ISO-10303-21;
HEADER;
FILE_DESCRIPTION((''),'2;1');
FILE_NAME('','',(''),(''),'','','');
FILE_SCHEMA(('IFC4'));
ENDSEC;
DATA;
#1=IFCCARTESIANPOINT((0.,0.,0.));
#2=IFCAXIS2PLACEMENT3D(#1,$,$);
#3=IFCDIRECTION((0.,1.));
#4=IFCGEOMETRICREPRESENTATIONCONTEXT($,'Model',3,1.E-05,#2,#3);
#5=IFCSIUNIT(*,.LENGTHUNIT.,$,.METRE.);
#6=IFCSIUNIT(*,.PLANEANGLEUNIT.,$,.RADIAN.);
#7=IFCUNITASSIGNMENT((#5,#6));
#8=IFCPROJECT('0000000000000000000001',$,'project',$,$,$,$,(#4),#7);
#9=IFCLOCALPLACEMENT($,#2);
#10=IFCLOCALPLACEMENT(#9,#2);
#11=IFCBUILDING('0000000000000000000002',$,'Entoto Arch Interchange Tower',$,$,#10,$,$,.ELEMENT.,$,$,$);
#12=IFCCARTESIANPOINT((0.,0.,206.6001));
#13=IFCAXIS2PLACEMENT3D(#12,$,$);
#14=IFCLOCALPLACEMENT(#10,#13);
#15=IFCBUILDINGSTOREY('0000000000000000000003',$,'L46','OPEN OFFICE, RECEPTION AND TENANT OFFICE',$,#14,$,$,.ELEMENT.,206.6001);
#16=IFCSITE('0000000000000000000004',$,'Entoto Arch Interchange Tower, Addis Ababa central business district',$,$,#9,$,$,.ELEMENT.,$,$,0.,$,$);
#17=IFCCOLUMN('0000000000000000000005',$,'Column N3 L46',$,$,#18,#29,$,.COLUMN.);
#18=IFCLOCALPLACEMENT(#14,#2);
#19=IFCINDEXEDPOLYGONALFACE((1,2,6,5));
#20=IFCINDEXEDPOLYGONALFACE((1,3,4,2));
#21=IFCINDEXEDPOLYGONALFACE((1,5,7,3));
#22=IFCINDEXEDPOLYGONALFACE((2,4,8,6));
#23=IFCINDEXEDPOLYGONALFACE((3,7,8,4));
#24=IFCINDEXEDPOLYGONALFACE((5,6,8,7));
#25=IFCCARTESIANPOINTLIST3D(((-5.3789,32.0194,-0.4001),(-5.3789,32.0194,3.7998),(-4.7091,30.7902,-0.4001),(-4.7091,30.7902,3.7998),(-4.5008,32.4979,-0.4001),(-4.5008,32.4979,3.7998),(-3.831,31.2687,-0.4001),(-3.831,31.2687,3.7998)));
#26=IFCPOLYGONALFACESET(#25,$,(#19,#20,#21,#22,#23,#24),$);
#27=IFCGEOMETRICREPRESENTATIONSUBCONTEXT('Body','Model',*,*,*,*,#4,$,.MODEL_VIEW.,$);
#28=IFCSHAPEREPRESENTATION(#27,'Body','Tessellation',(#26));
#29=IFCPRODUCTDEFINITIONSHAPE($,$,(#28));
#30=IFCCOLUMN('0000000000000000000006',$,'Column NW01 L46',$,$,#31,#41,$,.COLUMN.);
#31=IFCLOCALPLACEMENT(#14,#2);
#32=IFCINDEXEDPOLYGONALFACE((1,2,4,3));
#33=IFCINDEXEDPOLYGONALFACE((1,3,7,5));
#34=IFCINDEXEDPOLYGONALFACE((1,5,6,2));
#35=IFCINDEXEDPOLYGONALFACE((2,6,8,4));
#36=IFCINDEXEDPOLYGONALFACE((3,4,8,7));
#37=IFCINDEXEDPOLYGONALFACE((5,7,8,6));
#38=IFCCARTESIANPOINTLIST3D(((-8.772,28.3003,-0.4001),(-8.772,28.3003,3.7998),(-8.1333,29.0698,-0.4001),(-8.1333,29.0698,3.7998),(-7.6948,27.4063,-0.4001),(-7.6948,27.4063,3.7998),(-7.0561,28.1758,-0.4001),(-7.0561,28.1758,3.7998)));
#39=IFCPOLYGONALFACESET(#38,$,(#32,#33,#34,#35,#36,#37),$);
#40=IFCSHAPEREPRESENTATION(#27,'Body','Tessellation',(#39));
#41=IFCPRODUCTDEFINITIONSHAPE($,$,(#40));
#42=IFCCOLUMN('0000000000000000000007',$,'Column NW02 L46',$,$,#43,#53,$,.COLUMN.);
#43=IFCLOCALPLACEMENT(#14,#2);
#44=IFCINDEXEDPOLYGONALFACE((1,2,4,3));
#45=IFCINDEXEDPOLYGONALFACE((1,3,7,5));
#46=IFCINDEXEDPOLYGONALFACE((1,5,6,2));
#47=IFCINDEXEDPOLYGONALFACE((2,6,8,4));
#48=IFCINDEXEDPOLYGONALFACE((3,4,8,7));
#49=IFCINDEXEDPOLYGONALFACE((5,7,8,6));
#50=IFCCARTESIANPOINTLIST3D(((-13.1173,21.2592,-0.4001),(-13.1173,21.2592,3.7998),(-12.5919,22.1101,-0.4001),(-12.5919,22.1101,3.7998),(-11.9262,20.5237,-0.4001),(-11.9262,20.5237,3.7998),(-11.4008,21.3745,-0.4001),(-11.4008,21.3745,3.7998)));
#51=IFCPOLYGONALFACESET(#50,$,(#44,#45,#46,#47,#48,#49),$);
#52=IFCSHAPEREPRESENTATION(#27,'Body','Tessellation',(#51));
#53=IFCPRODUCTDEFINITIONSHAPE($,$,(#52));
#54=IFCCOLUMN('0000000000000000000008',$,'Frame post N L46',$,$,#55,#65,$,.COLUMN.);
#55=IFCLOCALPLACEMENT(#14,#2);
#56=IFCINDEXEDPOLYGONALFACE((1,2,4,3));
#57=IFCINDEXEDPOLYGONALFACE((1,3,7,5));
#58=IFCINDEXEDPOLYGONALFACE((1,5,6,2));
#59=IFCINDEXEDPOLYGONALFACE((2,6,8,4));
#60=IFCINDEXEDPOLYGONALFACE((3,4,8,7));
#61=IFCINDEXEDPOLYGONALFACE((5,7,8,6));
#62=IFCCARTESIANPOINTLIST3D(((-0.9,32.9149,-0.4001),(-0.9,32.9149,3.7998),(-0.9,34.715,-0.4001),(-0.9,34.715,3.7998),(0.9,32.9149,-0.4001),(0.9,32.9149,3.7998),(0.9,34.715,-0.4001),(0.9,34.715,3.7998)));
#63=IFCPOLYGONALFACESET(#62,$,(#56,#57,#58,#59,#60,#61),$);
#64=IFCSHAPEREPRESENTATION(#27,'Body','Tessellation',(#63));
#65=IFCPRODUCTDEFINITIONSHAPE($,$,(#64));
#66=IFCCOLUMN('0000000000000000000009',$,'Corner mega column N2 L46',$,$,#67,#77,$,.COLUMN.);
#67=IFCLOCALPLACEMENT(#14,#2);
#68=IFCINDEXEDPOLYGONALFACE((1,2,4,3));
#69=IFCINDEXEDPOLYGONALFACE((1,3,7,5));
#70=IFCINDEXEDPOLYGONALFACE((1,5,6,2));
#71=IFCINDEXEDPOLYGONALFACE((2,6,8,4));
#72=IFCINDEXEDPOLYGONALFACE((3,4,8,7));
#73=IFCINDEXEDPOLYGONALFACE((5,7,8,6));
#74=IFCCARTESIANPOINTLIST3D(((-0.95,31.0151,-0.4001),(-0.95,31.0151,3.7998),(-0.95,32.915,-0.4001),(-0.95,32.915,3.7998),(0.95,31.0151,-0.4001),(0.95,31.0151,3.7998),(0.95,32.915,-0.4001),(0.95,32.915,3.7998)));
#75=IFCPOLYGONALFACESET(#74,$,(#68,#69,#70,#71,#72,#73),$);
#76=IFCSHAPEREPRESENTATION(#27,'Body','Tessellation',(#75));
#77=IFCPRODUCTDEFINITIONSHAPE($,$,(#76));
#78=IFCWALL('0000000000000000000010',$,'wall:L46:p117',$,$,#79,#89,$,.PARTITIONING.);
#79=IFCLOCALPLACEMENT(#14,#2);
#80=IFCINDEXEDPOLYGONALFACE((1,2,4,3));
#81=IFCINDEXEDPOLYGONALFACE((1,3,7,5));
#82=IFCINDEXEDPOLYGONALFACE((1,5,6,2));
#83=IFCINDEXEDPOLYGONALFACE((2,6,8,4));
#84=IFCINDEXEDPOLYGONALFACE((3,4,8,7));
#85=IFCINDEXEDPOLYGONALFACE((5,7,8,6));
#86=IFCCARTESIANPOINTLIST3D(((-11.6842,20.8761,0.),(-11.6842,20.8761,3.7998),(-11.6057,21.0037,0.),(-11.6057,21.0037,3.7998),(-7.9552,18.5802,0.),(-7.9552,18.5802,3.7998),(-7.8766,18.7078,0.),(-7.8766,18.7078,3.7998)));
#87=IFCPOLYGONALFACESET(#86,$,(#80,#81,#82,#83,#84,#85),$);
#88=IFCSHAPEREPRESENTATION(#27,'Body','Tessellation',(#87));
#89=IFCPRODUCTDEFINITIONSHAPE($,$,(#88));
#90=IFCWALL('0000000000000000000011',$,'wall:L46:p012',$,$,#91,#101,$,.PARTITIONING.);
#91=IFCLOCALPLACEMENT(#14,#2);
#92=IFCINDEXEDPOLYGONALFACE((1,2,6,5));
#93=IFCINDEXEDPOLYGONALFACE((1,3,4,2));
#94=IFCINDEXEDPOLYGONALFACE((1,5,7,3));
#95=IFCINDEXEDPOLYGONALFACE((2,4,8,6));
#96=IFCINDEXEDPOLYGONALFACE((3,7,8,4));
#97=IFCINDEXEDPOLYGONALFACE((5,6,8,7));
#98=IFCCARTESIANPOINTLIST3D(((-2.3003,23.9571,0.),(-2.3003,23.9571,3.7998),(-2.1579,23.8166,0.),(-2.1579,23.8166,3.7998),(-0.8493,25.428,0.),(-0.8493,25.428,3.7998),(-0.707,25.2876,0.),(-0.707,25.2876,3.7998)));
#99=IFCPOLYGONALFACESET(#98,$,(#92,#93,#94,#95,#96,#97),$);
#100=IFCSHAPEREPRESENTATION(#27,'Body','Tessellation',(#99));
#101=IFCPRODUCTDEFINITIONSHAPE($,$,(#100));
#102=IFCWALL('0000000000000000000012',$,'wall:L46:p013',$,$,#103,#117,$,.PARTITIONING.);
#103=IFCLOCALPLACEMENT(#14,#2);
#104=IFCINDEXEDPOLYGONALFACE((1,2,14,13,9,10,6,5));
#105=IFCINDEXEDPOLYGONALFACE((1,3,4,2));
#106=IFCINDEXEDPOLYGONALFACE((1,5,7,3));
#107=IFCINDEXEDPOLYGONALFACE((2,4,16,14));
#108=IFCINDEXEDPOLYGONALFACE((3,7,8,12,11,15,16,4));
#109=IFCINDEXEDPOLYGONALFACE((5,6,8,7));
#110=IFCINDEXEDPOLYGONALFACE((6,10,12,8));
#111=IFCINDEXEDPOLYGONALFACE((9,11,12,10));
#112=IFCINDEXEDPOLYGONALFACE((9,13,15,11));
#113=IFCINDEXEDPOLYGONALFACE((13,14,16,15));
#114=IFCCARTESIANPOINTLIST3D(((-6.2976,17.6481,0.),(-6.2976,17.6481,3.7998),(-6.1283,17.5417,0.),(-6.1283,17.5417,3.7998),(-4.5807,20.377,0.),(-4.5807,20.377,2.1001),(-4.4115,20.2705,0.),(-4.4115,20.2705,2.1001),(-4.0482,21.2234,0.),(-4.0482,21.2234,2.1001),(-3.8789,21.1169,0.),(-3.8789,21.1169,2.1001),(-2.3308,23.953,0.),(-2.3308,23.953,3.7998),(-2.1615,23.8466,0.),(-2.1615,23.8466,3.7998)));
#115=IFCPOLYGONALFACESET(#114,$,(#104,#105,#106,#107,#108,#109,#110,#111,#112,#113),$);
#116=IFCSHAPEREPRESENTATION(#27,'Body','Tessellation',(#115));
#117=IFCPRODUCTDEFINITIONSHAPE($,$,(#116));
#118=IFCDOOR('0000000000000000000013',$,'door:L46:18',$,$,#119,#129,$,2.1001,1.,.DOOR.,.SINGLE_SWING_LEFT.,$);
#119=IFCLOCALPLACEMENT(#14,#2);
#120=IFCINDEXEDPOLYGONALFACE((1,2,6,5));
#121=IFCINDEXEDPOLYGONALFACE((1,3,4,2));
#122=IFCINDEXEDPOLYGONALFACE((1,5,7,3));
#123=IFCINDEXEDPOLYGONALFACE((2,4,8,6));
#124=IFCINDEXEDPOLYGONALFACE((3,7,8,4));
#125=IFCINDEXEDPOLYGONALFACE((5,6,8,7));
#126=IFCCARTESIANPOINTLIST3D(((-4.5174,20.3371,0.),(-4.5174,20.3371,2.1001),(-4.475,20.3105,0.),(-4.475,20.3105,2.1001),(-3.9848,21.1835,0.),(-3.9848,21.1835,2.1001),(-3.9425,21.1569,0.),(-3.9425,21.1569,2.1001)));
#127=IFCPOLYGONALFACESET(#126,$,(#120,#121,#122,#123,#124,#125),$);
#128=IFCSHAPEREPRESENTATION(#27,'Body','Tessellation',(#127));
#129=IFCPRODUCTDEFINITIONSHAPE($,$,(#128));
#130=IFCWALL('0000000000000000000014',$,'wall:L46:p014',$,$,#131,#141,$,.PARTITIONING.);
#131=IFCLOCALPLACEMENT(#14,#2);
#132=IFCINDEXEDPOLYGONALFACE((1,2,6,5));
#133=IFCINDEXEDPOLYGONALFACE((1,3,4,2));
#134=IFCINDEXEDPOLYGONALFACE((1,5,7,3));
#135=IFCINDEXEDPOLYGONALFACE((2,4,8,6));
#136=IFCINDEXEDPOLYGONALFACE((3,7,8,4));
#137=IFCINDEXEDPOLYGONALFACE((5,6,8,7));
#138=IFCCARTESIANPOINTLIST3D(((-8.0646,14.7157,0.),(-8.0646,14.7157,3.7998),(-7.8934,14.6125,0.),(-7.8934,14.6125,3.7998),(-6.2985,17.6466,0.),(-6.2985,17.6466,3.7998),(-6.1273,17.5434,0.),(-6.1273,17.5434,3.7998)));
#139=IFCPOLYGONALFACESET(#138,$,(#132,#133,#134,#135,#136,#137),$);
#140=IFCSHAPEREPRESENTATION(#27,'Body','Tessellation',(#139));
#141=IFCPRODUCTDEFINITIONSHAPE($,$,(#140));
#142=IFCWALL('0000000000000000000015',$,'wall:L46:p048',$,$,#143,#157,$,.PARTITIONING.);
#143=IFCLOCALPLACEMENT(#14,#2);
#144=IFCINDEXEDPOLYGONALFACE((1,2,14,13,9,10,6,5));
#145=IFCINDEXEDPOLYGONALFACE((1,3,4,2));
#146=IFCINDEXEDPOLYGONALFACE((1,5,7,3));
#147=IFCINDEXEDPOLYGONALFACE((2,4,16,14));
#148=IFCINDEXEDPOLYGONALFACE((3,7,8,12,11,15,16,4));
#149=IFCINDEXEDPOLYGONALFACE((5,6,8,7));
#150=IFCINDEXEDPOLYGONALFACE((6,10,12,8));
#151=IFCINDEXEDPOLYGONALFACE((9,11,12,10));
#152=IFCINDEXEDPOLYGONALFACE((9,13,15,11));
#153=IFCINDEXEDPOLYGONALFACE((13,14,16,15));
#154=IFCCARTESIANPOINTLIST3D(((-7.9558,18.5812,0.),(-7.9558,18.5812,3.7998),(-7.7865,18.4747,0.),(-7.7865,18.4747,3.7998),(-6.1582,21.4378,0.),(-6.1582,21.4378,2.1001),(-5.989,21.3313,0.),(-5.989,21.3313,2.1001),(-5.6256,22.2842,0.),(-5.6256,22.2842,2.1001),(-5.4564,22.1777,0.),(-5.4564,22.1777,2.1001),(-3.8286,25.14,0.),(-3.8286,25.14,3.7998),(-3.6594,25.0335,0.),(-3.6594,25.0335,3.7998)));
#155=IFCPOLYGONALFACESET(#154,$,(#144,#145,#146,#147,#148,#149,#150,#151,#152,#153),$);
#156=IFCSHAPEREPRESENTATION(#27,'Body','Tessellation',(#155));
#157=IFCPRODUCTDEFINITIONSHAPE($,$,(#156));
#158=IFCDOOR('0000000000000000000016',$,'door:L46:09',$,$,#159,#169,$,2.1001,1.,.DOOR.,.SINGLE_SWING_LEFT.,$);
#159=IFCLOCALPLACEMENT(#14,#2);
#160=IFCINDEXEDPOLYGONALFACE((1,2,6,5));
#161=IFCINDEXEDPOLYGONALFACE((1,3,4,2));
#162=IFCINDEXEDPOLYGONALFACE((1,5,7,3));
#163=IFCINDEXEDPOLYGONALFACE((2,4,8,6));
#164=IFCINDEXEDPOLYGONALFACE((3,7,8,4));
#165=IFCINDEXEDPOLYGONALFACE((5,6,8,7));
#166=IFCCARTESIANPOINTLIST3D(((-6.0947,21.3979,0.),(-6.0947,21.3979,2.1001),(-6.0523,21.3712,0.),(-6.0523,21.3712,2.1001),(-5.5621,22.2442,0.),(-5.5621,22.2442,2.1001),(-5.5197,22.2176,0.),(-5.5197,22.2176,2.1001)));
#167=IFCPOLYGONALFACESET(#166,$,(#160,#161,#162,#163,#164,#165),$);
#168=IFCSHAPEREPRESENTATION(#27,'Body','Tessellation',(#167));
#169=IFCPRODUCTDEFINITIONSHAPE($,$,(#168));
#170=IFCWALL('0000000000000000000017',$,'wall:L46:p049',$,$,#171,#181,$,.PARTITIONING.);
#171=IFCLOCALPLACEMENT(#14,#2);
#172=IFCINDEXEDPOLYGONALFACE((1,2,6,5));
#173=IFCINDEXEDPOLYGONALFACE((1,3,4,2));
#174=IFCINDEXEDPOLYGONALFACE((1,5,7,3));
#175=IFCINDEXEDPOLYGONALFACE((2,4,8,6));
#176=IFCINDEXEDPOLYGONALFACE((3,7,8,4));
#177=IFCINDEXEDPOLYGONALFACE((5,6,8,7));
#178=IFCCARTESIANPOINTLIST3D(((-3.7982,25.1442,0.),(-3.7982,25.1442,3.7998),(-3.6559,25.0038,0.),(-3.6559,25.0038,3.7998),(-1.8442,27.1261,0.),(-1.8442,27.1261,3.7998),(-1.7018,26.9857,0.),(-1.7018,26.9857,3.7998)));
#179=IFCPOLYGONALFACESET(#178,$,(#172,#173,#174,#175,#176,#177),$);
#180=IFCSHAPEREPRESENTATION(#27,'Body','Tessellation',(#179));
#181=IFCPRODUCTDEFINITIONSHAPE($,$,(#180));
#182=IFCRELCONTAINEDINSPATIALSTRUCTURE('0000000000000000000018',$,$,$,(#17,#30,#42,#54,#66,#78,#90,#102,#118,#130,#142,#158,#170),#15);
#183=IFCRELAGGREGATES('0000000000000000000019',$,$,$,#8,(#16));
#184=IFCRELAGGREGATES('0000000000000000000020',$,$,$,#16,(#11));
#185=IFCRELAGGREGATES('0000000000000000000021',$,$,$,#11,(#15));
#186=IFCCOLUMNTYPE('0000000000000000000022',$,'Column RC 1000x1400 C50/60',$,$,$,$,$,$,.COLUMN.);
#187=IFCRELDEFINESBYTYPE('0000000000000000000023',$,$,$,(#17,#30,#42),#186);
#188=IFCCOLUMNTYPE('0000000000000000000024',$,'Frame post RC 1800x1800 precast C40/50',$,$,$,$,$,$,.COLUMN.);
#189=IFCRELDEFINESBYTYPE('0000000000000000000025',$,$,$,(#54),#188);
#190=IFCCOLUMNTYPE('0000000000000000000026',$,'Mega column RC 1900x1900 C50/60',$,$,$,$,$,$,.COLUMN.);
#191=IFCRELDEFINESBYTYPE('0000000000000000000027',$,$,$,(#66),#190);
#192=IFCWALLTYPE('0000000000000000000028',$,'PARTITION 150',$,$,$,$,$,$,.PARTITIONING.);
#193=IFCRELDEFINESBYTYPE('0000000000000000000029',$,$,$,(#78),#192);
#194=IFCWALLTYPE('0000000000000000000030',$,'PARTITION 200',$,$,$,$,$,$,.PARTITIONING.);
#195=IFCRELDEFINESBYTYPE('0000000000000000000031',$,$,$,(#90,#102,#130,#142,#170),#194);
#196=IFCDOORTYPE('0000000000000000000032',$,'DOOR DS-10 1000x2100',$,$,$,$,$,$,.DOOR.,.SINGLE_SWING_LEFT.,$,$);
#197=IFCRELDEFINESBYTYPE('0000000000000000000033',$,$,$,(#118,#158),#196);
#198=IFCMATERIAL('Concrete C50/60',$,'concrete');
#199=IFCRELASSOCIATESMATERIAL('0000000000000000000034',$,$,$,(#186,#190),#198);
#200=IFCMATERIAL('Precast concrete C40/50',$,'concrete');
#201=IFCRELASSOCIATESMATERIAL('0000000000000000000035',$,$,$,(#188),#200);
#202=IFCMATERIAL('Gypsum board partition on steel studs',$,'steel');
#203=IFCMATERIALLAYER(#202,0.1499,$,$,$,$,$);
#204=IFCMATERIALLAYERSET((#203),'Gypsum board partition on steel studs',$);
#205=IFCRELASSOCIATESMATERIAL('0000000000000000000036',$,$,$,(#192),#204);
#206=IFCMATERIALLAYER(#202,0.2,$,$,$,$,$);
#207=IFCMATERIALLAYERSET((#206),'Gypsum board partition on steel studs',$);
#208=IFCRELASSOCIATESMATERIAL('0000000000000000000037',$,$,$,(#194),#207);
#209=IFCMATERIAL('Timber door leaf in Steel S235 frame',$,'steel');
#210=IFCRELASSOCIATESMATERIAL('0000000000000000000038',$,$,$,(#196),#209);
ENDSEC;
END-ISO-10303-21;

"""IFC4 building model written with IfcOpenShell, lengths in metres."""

from ifc_helpers import new_model, si_unit, direction, frame, frame_2d, origin, origin_2d, place, context, subcontext, project, spatial, rectangle, extrude, material, layer, layer_set, material_profile, profile_set, type_object, element, fill, save


model = new_model("IFC4")

# Units and contexts
model_context = context("Model", 3, precision=1e-05, world=origin(), true_north=direction((0.0, 1.0)))
body_context = subcontext(model_context, "Body", "Model", "MODEL_VIEW")
ifc_project = project(units=[si_unit("LENGTHUNIT", "METRE"), si_unit("PLANEANGLEUNIT", "RADIAN")], contexts=[model_context])

# Site, building, storey
site_placement = place(None, origin())
site = spatial("IfcSite", under=ifc_project, at=site_placement, Name="Entoto Arch Interchange Tower, Addis Ababa central business district", CompositionType="ELEMENT", RefElevation=0.0)
building_placement = place(site_placement, origin())
building = spatial("IfcBuilding", under=site, at=building_placement, Name="Entoto Arch Interchange Tower", CompositionType="ELEMENT")
storey_placement = place(building_placement, frame((0.0, 0.0, 206.6001)))
storey = spatial("IfcBuildingStorey", under=building, at=storey_placement, Name="L46", Description="OPEN OFFICE, RECEPTION AND TENANT OFFICE", CompositionType="ELEMENT", Elevation=206.6001)

# Columns
ifc_material_1 = material(Name="Concrete C50/60", Category="concrete")
ifc_material_profile_1 = material_profile(ifc_material_1, rectangle(XDim=1.0, YDim=1.3999, at=origin_2d()))
ifc_profile_set_1 = profile_set([ifc_material_profile_1], Name="Concrete C50/60")
column_type_1 = type_object("IfcColumnType", Name="Column RC 1000x1400 C50/60", PredefinedType="COLUMN", material=ifc_profile_set_1)
for number, where, z_axis, x_axis, name in (
    (1, (-4.605, 31.644, -0.4001), (0.0, 0.0, 1.0), (0.8781, 0.478477, 0.0), "Column N3 L46"),
    (2, (-7.9141, 28.238, -0.4001), (0.0, 0.0, 1.0), (0.63866, 0.769489, 0.0), "Column NW01 L46"),
    (3, (-12.259, 21.3169, -0.4001), (0.0, 0.0, 1.0), (0.525427, 0.850839, 0.0), "Column NW02 L46"),
):
    element("IfcColumn", number, at=place(storey_placement, frame(where, z_axis=z_axis, x_axis=x_axis)), inside=storey, type_object=column_type_1, Name=name, PredefinedType="COLUMN", context=body_context, shape_type="SweptSolid", body=[
        extrude(rectangle(XDim=1.0, YDim=1.3999, at=origin_2d()), origin(), (0.0, 0.0, 1.0), 4.2),
    ])
ifc_material_2 = material(Name="Precast concrete C40/50", Category="concrete")
ifc_material_profile_2 = material_profile(ifc_material_2, rectangle(XDim=1.8, YDim=1.8, at=origin_2d()))
ifc_profile_set_2 = profile_set([ifc_material_profile_2], Name="Precast concrete C40/50")
column_type_2 = type_object("IfcColumnType", Name="Frame post RC 1800x1800 precast C40/50", PredefinedType="COLUMN", material=ifc_profile_set_2)
column_1_placement = place(storey_placement, frame((0.0, 33.8149, -0.4001), z_axis=(0.0, 0.0, 1.0), x_axis=(0.0, 1.0, 0.0)))
element("IfcColumn", 4, at=column_1_placement, inside=storey, type_object=column_type_2, Name="Frame post N L46", PredefinedType="COLUMN", context=body_context, shape_type="SweptSolid", body=[
    extrude(rectangle(XDim=1.8, YDim=1.8, at=origin_2d()), origin(), (0.0, 0.0, 1.0), 4.2),
])
ifc_material_profile_3 = material_profile(ifc_material_1, rectangle(XDim=1.8999, YDim=1.8999, at=origin_2d()))
ifc_profile_set_3 = profile_set([ifc_material_profile_3], Name="Concrete C50/60")
column_type_3 = type_object("IfcColumnType", Name="Mega column RC 1900x1900 C50/60", PredefinedType="COLUMN", material=ifc_profile_set_3)
column_2_placement = place(storey_placement, frame((0.0, 31.9651, -0.4001), z_axis=(0.0, 0.0, 1.0), x_axis=(0.0, 1.0, 0.0)))
element("IfcColumn", 5, at=column_2_placement, inside=storey, type_object=column_type_3, Name="Corner mega column N2 L46", PredefinedType="COLUMN", context=body_context, shape_type="SweptSolid", body=[
    extrude(rectangle(XDim=1.8999, YDim=1.8999, at=origin_2d()), origin(), (0.0, 0.0, 1.0), 4.2),
])

# Walls
ifc_material_3 = material(Name="Gypsum board partition on steel studs", Category="steel")
ifc_layer_1 = layer(ifc_material_3, 0.1499)
ifc_layer_set_1 = layer_set([ifc_layer_1], Name="Gypsum board partition on steel studs")
wall_type_1 = type_object("IfcWallType", Name="PARTITION 150", PredefinedType="PARTITIONING", material=ifc_layer_set_1)
wall_1_placement = place(storey_placement, frame((-7.916, 18.644, 0.0), z_axis=(0.0, 0.0, 1.0), x_axis=(-0.851543, 0.524284, 0.0)))
element("IfcWall", 6, at=wall_1_placement, inside=storey, type_object=wall_type_1, Name="wall:L46:p117", PredefinedType="PARTITIONING", context=body_context, shape_type="SweptSolid", body=[
    extrude(rectangle(XDim=4.3792, YDim=0.1499, at=frame_2d((2.1895, 0.0))), origin(), (0.0, 0.0, 1.0), 3.7998),
])
ifc_layer_2 = layer(ifc_material_3, 0.2)
ifc_layer_set_2 = layer_set([ifc_layer_2], Name="Gypsum board partition on steel studs")
wall_type_2 = type_object("IfcWallType", Name="PARTITION 200", PredefinedType="PARTITIONING", material=ifc_layer_set_2)
wall_2_placement = place(storey_placement, frame((-0.7781, 25.3579, 0.0), z_axis=(0.0, 0.0, 1.0), x_axis=(-0.702245, -0.711935, 0.0)))
element("IfcWall", 7, at=wall_2_placement, inside=storey, type_object=wall_type_2, Name="wall:L46:p012", PredefinedType="PARTITIONING", context=body_context, shape_type="SweptSolid", body=[
    extrude(rectangle(XDim=2.0662, YDim=0.2, at=frame_2d((1.0332, 0.0))), origin(), (0.0, 0.0, 1.0), 3.7998),
])

# Wall, opening, door
wall_3_placement = place(storey_placement, frame((-2.2461, 23.8999, 0.0), z_axis=(0.0, 0.0, 1.0), x_axis=(-0.532527, -0.846413, 0.0)))
wall_3 = element("IfcWall", 8, at=wall_3_placement, inside=storey, type_object=wall_type_2, Name="wall:L46:p013", PredefinedType="PARTITIONING", context=body_context, shape_type="SweptSolid", body=[
    extrude(rectangle(XDim=7.449, YDim=0.2, at=frame_2d((3.7246, 0.0))), origin(), (0.0, 0.0, 1.0), 3.7998),
])
opening_1_placement = place(wall_3_placement, frame((3.2251, 0.0, 0.0)))
opening_1 = element("IfcOpeningElement", 9, at=opening_1_placement, cuts=wall_3, PredefinedType="OPENING", context=body_context, shape_type="SweptSolid", body=[
    extrude(rectangle(XDim=1.0, YDim=2.1001, at=frame_2d((0.5, 1.05))), frame((0.0, 0.1099, 0.0), z_axis=(0.0, -1.0, 0.0), x_axis=(1.0, 0.0, 0.0)), (0.0, 0.0, 1.0), 0.22),
])
ifc_material_4 = material(Name="Timber door leaf in Steel S235 frame", Category="steel")
door_type = type_object("IfcDoorType", Name="DOOR DS-10 1000x2100", OperationType="SINGLE_SWING_LEFT", PredefinedType="DOOR", material=ifc_material_4)
door_1_placement = place(opening_1_placement, origin())
door_1 = element("IfcDoor", 10, at=door_1_placement, inside=storey, type_object=door_type, Name="door:L46:18", OperationType="SINGLE_SWING_LEFT", OverallHeight=2.1001, OverallWidth=1.0, PredefinedType="DOOR", context=body_context, shape_type="SweptSolid", body=[
    extrude(rectangle(XDim=1.0, YDim=2.1001, at=frame_2d((0.5, 1.05))), frame((0.0, 0.0249, 0.0), z_axis=(0.0, -1.0, 0.0), x_axis=(1.0, 0.0, 0.0)), (0.0, 0.0, 1.0), 0.05),
])
fill(opening_1, door_1)

# Wall
wall_4_placement = place(storey_placement, frame((-6.2129, 17.595, 0.0), z_axis=(0.0, 0.0, 1.0), x_axis=(-0.516121, -0.856516, 0.0)))
element("IfcWall", 11, at=wall_4_placement, inside=storey, type_object=wall_type_2, Name="wall:L46:p014", PredefinedType="PARTITIONING", context=body_context, shape_type="SweptSolid", body=[
    extrude(rectangle(XDim=3.4219, YDim=0.2, at=frame_2d((1.7109, 0.0))), origin(), (0.0, 0.0, 1.0), 3.7998),
])

# Wall, opening, door
wall_5_placement = place(storey_placement, frame((-7.8711, 18.5281, 0.0), z_axis=(0.0, 0.0, 1.0), x_axis=(0.532588, 0.846375, 0.0)))
wall_5 = element("IfcWall", 12, at=wall_5_placement, inside=storey, type_object=wall_type_2, Name="wall:L46:p048", PredefinedType="PARTITIONING", context=body_context, shape_type="SweptSolid", body=[
    extrude(rectangle(XDim=7.7493, YDim=0.2, at=frame_2d((3.8745, 0.0))), origin(), (0.0, 0.0, 1.0), 3.7998),
])
opening_2_placement = place(wall_5_placement, frame((3.375, 0.0, 0.0)))
opening_2 = element("IfcOpeningElement", 13, at=opening_2_placement, cuts=wall_5, PredefinedType="OPENING", context=body_context, shape_type="SweptSolid", body=[
    extrude(rectangle(XDim=1.0, YDim=2.1001, at=frame_2d((0.5, 1.05))), frame((0.0, 0.1099, 0.0), z_axis=(0.0, -1.0, 0.0), x_axis=(1.0, 0.0, 0.0)), (0.0, 0.0, 1.0), 0.22),
])
door_2_placement = place(opening_2_placement, origin())
door_2 = element("IfcDoor", 14, at=door_2_placement, inside=storey, type_object=door_type, Name="door:L46:09", OperationType="SINGLE_SWING_LEFT", OverallHeight=2.1001, OverallWidth=1.0, PredefinedType="DOOR", context=body_context, shape_type="SweptSolid", body=[
    extrude(rectangle(XDim=1.0, YDim=2.1001, at=frame_2d((0.5, 1.05))), frame((0.0, 0.0249, 0.0), z_axis=(0.0, -1.0, 0.0), x_axis=(1.0, 0.0, 0.0)), (0.0, 0.0, 1.0), 0.05),
])
fill(opening_2, door_2)

# Wall
wall_6_placement = place(storey_placement, frame((-3.7271, 25.074, 0.0), z_axis=(0.0, 0.0, 1.0), x_axis=(0.702089, 0.712089, 0.0)))
element("IfcWall", 15, at=wall_6_placement, inside=storey, type_object=wall_type_2, Name="wall:L46:p049", PredefinedType="PARTITIONING", context=body_context, shape_type="SweptSolid", body=[
    extrude(rectangle(XDim=2.7832, YDim=0.2, at=frame_2d((1.3916, 0.0))), origin(), (0.0, 0.0, 1.0), 3.7998),
])

save(model, "model.ifc")
